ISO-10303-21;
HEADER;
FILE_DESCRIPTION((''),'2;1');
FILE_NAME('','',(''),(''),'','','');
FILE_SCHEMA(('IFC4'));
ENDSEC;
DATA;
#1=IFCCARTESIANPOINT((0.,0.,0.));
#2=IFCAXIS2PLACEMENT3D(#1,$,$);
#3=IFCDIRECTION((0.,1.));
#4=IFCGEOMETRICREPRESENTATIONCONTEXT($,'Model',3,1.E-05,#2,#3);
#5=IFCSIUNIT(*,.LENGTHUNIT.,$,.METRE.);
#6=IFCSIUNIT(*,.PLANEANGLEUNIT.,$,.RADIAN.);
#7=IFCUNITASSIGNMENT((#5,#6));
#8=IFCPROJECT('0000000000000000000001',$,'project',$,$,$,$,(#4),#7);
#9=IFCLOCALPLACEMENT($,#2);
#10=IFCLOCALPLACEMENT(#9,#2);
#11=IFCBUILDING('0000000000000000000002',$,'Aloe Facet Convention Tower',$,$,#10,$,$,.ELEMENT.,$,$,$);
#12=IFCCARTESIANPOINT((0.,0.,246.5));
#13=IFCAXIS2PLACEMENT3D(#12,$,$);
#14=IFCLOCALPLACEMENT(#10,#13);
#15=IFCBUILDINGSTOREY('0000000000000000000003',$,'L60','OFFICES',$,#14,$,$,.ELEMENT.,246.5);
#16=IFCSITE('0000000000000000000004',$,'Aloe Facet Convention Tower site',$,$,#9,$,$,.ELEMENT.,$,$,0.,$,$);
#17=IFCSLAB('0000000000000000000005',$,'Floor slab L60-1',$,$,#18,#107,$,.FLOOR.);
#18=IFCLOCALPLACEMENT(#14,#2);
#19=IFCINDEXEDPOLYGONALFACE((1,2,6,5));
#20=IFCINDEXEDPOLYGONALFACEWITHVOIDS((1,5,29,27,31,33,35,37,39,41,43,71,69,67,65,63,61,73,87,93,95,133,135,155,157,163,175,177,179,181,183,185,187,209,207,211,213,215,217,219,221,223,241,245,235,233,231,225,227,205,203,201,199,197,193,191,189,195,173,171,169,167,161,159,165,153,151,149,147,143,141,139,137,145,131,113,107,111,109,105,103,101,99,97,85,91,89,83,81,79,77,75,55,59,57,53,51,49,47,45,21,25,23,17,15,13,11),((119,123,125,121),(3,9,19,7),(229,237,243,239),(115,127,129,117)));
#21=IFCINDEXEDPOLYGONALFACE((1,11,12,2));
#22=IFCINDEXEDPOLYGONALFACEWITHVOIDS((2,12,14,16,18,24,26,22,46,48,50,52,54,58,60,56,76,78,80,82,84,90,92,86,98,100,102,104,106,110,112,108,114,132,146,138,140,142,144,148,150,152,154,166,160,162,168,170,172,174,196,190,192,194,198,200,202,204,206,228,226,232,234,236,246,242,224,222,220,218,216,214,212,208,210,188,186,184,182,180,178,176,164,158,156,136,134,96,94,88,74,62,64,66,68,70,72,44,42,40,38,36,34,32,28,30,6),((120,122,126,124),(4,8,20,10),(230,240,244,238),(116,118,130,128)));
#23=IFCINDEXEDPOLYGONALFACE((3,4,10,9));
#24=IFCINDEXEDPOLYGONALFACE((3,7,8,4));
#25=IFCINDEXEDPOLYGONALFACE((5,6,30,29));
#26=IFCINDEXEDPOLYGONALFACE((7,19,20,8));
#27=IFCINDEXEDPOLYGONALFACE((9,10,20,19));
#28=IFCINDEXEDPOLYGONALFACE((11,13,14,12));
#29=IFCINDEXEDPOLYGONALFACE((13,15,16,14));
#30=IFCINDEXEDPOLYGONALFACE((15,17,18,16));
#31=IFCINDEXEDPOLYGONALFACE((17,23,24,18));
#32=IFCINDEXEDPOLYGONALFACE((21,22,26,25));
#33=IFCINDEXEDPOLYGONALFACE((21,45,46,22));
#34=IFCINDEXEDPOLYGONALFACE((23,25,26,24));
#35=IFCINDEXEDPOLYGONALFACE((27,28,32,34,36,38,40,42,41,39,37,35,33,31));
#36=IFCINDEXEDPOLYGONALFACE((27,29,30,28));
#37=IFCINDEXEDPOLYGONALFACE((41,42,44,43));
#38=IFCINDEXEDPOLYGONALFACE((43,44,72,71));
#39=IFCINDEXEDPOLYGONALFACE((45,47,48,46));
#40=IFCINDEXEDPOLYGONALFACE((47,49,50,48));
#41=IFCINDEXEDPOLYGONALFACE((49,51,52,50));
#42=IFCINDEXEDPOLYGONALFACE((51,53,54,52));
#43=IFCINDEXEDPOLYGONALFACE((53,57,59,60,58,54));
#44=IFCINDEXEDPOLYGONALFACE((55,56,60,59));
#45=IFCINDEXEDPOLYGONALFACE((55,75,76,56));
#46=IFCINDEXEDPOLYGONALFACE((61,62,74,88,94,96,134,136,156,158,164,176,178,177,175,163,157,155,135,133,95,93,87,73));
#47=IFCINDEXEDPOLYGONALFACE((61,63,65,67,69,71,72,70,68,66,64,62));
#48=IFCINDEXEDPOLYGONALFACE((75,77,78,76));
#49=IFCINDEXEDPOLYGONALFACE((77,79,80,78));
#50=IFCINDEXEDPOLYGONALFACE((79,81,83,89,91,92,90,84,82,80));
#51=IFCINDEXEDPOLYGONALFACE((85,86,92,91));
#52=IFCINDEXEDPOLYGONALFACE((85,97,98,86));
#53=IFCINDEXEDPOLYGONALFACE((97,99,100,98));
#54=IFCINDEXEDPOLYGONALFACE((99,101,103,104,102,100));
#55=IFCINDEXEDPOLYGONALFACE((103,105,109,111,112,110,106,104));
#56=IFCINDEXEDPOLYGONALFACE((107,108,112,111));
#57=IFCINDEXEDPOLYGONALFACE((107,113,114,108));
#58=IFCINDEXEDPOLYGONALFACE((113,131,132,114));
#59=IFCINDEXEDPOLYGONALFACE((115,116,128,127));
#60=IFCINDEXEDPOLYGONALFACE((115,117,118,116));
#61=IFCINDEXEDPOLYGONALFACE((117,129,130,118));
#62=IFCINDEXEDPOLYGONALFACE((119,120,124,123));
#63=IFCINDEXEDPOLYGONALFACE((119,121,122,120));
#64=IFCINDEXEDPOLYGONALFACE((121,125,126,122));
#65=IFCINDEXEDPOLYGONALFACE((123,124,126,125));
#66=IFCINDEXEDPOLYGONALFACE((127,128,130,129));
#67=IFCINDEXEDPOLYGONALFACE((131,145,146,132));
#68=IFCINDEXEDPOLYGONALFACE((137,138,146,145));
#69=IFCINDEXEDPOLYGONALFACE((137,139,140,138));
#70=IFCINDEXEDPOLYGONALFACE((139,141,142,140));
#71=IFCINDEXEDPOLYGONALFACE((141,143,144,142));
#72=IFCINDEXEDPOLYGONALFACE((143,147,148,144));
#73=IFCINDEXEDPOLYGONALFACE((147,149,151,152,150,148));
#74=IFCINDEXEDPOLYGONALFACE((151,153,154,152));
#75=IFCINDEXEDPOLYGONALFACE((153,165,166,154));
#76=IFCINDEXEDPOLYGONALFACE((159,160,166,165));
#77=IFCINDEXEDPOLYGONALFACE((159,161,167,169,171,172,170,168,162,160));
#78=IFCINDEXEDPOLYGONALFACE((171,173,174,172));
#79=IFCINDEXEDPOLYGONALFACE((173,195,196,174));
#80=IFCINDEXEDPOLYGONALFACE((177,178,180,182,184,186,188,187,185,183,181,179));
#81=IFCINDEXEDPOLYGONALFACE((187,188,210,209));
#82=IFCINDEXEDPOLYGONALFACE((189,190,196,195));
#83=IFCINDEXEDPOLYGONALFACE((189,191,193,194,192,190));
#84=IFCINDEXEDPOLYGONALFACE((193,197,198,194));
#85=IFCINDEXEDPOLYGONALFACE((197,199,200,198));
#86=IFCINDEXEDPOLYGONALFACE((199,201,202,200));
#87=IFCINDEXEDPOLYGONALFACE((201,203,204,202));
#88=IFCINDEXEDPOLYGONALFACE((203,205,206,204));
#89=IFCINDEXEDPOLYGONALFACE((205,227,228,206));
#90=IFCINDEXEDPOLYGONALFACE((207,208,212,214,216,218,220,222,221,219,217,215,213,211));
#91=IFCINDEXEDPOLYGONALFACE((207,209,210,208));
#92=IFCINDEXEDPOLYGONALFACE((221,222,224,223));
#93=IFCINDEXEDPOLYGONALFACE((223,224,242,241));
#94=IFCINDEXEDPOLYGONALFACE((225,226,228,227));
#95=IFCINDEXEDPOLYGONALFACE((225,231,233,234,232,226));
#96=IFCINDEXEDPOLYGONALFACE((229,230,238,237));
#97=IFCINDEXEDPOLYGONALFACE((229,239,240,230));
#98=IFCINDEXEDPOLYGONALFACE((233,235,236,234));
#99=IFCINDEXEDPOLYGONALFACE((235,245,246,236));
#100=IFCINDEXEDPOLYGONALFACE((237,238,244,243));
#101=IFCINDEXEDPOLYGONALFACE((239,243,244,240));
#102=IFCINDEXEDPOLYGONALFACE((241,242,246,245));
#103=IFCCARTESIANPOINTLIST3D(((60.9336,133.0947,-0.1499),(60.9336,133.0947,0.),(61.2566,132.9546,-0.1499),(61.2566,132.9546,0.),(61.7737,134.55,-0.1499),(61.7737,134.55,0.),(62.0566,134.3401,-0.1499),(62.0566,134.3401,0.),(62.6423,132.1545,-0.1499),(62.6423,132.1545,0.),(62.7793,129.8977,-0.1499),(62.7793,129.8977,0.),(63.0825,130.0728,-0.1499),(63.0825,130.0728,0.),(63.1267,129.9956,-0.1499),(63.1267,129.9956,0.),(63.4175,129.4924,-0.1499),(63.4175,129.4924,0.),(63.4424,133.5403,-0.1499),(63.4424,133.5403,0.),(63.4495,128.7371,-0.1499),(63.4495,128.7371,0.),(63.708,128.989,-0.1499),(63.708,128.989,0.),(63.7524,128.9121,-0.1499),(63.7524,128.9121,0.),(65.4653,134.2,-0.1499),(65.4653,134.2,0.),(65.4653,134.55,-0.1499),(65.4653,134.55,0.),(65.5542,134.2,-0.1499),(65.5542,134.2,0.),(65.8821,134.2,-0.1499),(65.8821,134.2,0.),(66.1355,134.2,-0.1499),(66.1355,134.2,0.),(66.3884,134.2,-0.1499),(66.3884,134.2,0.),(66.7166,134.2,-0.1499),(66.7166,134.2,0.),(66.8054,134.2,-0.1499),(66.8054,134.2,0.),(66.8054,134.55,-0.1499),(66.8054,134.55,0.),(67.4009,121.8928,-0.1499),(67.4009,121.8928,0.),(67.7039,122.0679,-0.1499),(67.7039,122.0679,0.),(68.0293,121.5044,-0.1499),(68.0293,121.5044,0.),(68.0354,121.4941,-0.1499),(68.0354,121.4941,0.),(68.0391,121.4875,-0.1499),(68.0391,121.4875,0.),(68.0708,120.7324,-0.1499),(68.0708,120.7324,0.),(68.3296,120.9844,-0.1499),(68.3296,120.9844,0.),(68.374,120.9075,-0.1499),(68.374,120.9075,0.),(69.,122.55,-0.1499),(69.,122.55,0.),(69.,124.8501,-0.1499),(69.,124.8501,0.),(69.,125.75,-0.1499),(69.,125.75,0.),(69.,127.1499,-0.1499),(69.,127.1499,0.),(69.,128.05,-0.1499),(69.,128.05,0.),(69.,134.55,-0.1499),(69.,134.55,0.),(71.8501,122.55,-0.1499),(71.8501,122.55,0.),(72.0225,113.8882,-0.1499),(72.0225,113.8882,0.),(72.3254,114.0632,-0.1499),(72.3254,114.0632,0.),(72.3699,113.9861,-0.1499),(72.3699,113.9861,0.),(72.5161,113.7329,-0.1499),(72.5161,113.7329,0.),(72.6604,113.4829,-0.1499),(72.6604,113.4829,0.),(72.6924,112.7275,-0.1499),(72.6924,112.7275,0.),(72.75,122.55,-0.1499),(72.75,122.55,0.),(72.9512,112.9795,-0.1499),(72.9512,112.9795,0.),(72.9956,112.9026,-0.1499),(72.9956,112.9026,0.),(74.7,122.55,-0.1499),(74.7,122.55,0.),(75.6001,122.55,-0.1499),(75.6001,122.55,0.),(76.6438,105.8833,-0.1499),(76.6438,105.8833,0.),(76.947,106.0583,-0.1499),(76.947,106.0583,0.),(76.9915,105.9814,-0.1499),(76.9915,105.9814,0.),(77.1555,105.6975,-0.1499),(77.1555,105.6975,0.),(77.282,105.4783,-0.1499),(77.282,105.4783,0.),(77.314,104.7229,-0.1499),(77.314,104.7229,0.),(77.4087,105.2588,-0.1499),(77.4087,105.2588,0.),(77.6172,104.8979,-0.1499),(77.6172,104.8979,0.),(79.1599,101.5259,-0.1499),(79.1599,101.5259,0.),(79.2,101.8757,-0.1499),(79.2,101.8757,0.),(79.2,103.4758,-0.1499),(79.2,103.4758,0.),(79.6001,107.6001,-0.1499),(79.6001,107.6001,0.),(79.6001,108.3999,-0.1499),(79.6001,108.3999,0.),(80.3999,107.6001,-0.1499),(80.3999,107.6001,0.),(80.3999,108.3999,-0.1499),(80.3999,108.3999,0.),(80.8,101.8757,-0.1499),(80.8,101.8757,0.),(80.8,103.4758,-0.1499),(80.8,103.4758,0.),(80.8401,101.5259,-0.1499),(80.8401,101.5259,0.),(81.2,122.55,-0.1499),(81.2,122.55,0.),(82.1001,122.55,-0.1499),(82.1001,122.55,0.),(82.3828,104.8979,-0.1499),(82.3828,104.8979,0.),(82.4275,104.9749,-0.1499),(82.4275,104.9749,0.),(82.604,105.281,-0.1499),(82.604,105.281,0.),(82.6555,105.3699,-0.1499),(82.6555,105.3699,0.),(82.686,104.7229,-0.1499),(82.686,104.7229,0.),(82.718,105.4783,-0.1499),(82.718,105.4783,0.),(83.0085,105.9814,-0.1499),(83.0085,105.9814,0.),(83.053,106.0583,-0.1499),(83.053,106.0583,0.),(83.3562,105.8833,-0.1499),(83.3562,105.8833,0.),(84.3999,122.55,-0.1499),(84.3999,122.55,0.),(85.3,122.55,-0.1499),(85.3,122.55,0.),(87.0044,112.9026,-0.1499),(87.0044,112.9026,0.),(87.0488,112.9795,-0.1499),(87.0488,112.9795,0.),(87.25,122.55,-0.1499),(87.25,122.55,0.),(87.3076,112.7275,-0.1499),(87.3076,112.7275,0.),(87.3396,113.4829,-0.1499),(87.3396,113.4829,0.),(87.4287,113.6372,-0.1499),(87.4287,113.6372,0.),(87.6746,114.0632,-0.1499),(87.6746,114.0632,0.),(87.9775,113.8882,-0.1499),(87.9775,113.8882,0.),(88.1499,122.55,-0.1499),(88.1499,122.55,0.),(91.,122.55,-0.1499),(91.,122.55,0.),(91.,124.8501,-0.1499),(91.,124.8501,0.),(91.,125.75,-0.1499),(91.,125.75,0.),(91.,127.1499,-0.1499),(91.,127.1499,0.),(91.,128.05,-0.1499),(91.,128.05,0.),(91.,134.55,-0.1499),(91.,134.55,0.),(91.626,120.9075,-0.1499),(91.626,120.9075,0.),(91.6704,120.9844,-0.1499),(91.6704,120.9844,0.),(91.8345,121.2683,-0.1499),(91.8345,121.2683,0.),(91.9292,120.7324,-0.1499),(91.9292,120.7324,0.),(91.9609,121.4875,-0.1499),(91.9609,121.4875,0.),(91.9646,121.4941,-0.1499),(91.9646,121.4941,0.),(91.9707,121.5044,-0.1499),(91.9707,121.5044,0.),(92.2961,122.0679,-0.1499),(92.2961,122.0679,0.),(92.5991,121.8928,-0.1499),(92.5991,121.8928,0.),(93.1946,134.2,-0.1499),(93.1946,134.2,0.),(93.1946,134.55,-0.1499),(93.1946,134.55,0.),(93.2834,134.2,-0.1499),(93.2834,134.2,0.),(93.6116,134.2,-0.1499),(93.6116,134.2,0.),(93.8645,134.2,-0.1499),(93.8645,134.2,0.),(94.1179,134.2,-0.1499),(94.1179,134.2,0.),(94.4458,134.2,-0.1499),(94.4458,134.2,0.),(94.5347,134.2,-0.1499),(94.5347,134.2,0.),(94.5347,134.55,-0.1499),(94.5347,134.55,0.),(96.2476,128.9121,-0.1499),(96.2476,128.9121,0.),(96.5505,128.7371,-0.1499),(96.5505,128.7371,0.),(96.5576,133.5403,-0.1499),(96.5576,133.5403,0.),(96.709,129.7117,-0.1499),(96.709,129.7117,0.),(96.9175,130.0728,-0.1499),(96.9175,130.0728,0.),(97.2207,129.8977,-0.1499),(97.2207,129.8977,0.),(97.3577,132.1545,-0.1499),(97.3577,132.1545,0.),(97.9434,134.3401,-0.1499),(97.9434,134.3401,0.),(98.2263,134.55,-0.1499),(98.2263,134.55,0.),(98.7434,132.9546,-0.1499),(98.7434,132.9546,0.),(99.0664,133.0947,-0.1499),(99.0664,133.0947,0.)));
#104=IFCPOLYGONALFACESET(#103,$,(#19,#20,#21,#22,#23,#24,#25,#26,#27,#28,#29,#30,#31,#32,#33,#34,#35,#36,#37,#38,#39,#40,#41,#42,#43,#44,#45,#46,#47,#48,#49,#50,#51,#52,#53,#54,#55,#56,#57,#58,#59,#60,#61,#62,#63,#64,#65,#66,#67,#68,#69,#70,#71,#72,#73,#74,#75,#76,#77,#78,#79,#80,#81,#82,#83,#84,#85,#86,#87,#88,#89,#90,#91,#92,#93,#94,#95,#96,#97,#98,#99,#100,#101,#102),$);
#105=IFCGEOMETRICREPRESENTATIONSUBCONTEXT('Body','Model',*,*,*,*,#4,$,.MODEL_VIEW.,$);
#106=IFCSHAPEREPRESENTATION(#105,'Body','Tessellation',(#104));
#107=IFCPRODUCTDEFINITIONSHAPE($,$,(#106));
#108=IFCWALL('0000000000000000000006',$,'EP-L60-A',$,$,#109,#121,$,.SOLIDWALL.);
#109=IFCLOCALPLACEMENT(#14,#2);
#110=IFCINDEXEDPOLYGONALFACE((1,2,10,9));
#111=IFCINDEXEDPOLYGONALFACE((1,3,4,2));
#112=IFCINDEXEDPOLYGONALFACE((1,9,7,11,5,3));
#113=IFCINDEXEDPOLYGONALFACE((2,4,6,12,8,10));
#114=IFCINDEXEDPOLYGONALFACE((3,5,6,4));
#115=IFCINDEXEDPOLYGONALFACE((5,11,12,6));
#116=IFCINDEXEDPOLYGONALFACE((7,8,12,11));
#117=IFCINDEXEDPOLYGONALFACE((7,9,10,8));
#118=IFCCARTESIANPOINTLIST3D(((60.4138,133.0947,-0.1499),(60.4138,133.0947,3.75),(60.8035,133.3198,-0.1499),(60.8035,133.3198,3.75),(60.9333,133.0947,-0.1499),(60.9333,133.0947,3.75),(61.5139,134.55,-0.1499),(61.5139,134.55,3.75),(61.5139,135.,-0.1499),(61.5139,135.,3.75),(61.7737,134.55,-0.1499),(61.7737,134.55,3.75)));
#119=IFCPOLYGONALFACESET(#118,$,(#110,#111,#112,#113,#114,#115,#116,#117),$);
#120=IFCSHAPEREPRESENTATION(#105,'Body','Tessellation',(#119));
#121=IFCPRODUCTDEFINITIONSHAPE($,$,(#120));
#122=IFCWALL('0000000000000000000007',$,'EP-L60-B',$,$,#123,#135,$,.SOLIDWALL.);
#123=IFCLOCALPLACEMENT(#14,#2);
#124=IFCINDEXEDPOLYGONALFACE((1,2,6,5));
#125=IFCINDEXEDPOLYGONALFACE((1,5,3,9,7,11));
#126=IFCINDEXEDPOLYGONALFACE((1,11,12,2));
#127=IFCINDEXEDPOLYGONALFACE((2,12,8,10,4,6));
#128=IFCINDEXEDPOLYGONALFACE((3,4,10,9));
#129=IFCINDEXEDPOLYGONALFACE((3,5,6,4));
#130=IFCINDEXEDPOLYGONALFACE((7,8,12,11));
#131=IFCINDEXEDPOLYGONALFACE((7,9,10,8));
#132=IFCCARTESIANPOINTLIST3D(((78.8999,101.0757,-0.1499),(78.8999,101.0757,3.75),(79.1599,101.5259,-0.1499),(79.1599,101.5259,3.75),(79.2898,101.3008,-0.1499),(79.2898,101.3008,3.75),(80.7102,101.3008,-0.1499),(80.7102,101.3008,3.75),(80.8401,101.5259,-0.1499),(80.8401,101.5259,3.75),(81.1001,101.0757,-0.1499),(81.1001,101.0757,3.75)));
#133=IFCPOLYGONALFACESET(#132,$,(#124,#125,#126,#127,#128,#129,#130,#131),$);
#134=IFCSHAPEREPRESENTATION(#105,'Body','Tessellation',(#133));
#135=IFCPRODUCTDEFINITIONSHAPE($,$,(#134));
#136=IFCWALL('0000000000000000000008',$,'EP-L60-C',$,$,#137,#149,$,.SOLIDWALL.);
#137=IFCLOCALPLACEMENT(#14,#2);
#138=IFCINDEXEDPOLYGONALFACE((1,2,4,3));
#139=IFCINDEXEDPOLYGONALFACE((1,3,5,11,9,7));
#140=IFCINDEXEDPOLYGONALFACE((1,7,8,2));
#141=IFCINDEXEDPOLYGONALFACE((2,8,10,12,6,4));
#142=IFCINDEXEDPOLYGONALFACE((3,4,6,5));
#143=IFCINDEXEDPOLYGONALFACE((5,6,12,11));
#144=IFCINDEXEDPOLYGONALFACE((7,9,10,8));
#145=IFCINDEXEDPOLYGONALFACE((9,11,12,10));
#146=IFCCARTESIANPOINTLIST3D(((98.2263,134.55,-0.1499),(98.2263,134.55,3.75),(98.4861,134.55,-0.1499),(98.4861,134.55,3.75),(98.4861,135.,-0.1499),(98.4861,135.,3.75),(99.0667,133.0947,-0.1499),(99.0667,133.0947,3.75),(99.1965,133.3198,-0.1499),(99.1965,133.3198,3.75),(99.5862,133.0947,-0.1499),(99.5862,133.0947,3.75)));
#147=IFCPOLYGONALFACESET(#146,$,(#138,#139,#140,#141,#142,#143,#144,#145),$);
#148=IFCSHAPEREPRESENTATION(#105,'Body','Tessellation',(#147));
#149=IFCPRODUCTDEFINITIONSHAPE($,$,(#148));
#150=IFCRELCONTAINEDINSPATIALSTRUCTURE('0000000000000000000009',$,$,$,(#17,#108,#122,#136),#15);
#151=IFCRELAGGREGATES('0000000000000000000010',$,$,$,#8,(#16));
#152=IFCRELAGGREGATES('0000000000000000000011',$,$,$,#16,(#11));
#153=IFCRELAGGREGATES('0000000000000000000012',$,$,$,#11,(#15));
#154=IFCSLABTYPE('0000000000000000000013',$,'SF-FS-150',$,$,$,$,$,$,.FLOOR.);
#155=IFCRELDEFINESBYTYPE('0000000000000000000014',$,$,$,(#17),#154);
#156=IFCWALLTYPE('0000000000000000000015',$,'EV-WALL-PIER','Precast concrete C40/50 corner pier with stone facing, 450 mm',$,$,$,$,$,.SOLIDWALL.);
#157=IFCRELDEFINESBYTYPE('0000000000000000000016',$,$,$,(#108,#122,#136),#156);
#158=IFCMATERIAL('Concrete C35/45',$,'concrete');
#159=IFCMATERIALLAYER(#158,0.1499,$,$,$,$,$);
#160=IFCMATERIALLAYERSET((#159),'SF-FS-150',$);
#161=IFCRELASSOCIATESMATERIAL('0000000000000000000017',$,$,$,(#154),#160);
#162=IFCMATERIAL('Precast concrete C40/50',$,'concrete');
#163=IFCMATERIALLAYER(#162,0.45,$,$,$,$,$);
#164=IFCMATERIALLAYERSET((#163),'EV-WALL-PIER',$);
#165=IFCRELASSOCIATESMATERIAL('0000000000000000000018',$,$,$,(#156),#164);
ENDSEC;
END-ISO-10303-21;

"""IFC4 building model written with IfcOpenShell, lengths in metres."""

from ifc_helpers import new_model, si_unit, direction, frame, origin, place, context, subcontext, project, spatial, polyline, outline, extrude, material, layer, layer_set, type_object, element, save


model = new_model("IFC4")

# Units and contexts
model_context = context("Model", 3, precision=1e-05, world=origin(), true_north=direction((0.0, 1.0)))
body_context = subcontext(model_context, "Body", "Model", "MODEL_VIEW")
ifc_project = project(units=[si_unit("LENGTHUNIT", "METRE"), si_unit("PLANEANGLEUNIT", "RADIAN")], contexts=[model_context])

# Site, building, storey
site_placement = place(None, origin())
site = spatial("IfcSite", under=ifc_project, at=site_placement, Name="Aloe Facet Convention Tower site", CompositionType="ELEMENT", RefElevation=0.0)
building_placement = place(site_placement, origin())
building = spatial("IfcBuilding", under=site, at=building_placement, Name="Aloe Facet Convention Tower", CompositionType="ELEMENT")
storey_placement = place(building_placement, frame((0.0, 0.0, 246.5)))
storey = spatial("IfcBuildingStorey", under=building, at=storey_placement, Name="L60", Description="OFFICES", CompositionType="ELEMENT", Elevation=246.5)

# Slab
ifc_material_1 = material(Name="Concrete C35/45", Category="concrete")
ifc_layer_1 = layer(ifc_material_1, 0.1499)
ifc_layer_set_1 = layer_set([ifc_layer_1], Name="SF-FS-150")
slab_type_1 = type_object("IfcSlabType", Name="SF-FS-150", PredefinedType="FLOOR", material=ifc_layer_set_1)
slab_1_placement = place(storey_placement, frame((0.0, 0.0, -0.1499)))
element("IfcSlab", 1, at=slab_1_placement, inside=storey, type_object=slab_type_1, Name="Floor slab L60-1", PredefinedType="FLOOR", context=body_context, shape_type="SweptSolid", body=[
    extrude(outline(polyline([(99.0664, 133.0947), (97.2207, 129.8977), (96.9175, 130.0728), (96.709, 129.7117), (96.2476, 128.9121), (96.5505, 128.7371), (92.5991, 121.8928), (92.2961, 122.0679), (91.9707, 121.5044), (91.9646, 121.4941), (91.9609, 121.4875), (91.8345, 121.2683), (91.6704, 120.9844), (91.626, 120.9075), (91.9292, 120.7324), (87.9775, 113.8882), (87.6746, 114.0632), (87.4287, 113.6372), (87.3396, 113.4829), (87.0488, 112.9795), (87.0044, 112.9026), (87.3076, 112.7275), (83.3562, 105.8833), (83.053, 106.0583), (83.0085, 105.9814), (82.718, 105.4783), (82.6555, 105.3699), (82.604, 105.281), (82.4275, 104.9749), (82.3828, 104.8979), (82.686, 104.7229), (80.8401, 101.5259), (79.1599, 101.5259), (77.314, 104.7229), (77.6172, 104.8979), (77.4087, 105.2588), (77.282, 105.4783), (77.1555, 105.6975), (76.9915, 105.9814), (76.947, 106.0583), (76.6438, 105.8833), (72.6924, 112.7275), (72.9956, 112.9026), (72.9512, 112.9795), (72.6604, 113.4829), (72.5161, 113.7329), (72.3699, 113.9861), (72.3254, 114.0632), (72.0225, 113.8882), (68.0708, 120.7324), (68.374, 120.9075), (68.3296, 120.9844), (68.0391, 121.4875), (68.0354, 121.4941), (68.0293, 121.5044), (67.7039, 122.0679), (67.4009, 121.8928), (63.4495, 128.7371), (63.7524, 128.9121), (63.708, 128.989), (63.4175, 129.4924), (63.1267, 129.9956), (63.0825, 130.0728), (62.7793, 129.8977), (60.9336, 133.0947), (61.7737, 134.55), (65.4653, 134.55), (65.4653, 134.2), (65.5542, 134.2), (65.8821, 134.2), (66.1355, 134.2), (66.3884, 134.2), (66.7166, 134.2), (66.8054, 134.2), (66.8054, 134.55), (69.0, 134.55), (69.0, 128.05), (69.0, 127.1499), (69.0, 125.75), (69.0, 124.8501), (69.0, 122.55), (71.8501, 122.55), (72.75, 122.55), (74.7, 122.55), (75.6001, 122.55), (81.2, 122.55), (82.1001, 122.55), (84.3999, 122.55), (85.3, 122.55), (87.25, 122.55), (88.1499, 122.55), (91.0, 122.55), (91.0, 124.8501), (91.0, 125.75), (91.0, 127.1499), (91.0, 128.05), (91.0, 134.55), (93.1946, 134.55), (93.1946, 134.2), (93.2834, 134.2), (93.6116, 134.2), (93.8645, 134.2), (94.1179, 134.2), (94.4458, 134.2), (94.5347, 134.2), (94.5347, 134.55), (98.2263, 134.55), (99.0664, 133.0947)]), holes=[polyline([(63.4424, 133.5403), (62.0566, 134.3401), (61.2566, 132.9546), (62.6423, 132.1545), (63.4424, 133.5403)]), polyline([(79.2, 103.4758), (79.2, 101.8757), (80.8, 101.8757), (80.8, 103.4758), (79.2, 103.4758)]), polyline([(79.6001, 107.6001), (80.3999, 107.6001), (80.3999, 108.3999), (79.6001, 108.3999), (79.6001, 107.6001)]), polyline([(97.3577, 132.1545), (98.7434, 132.9546), (97.9434, 134.3401), (96.5576, 133.5403), (97.3577, 132.1545)])]), origin(), (0.0, 0.0, 1.0), 0.1499),
])

# Walls
ifc_material_2 = material(Name="Precast concrete C40/50", Category="concrete")
ifc_layer_2 = layer(ifc_material_2, 0.45)
ifc_layer_set_2 = layer_set([ifc_layer_2], Name="EV-WALL-PIER")
wall_type_1 = type_object("IfcWallType", Name="EV-WALL-PIER", Description="Precast concrete C40/50 corner pier with stone facing, 450 mm", PredefinedType="SOLIDWALL", material=ifc_layer_set_2)
wall_1_placement = place(storey_placement, frame((0.0, 0.0, -0.1499)))
element("IfcWall", 2, at=wall_1_placement, inside=storey, type_object=wall_type_1, Name="EP-L60-A", PredefinedType="SOLIDWALL", context=body_context, shape_type="SweptSolid", body=[
    extrude(outline(polyline([(61.5139, 135.0), (61.5139, 134.55), (61.7737, 134.55), (60.9333, 133.0947), (60.8035, 133.3198), (60.4138, 133.0947), (61.5139, 135.0)])), origin(), (0.0, 0.0, 1.0), 3.8999),
])
wall_2_placement = place(storey_placement, frame((0.0, 0.0, -0.1499)))
element("IfcWall", 3, at=wall_2_placement, inside=storey, type_object=wall_type_1, Name="EP-L60-B", PredefinedType="SOLIDWALL", context=body_context, shape_type="SweptSolid", body=[
    extrude(outline(polyline([(78.8999, 101.0757), (79.2898, 101.3008), (79.1599, 101.5259), (80.8401, 101.5259), (80.7102, 101.3008), (81.1001, 101.0757), (78.8999, 101.0757)])), origin(), (0.0, 0.0, 1.0), 3.8999),
])
wall_3_placement = place(storey_placement, frame((0.0, 0.0, -0.1499)))
element("IfcWall", 4, at=wall_3_placement, inside=storey, type_object=wall_type_1, Name="EP-L60-C", PredefinedType="SOLIDWALL", context=body_context, shape_type="SweptSolid", body=[
    extrude(outline(polyline([(99.5862, 133.0947), (99.1965, 133.3198), (99.0667, 133.0947), (98.2263, 134.55), (98.4861, 134.55), (98.4861, 135.0), (99.5862, 133.0947)])), origin(), (0.0, 0.0, 1.0), 3.8999),
])

save(model, "model.ifc")
